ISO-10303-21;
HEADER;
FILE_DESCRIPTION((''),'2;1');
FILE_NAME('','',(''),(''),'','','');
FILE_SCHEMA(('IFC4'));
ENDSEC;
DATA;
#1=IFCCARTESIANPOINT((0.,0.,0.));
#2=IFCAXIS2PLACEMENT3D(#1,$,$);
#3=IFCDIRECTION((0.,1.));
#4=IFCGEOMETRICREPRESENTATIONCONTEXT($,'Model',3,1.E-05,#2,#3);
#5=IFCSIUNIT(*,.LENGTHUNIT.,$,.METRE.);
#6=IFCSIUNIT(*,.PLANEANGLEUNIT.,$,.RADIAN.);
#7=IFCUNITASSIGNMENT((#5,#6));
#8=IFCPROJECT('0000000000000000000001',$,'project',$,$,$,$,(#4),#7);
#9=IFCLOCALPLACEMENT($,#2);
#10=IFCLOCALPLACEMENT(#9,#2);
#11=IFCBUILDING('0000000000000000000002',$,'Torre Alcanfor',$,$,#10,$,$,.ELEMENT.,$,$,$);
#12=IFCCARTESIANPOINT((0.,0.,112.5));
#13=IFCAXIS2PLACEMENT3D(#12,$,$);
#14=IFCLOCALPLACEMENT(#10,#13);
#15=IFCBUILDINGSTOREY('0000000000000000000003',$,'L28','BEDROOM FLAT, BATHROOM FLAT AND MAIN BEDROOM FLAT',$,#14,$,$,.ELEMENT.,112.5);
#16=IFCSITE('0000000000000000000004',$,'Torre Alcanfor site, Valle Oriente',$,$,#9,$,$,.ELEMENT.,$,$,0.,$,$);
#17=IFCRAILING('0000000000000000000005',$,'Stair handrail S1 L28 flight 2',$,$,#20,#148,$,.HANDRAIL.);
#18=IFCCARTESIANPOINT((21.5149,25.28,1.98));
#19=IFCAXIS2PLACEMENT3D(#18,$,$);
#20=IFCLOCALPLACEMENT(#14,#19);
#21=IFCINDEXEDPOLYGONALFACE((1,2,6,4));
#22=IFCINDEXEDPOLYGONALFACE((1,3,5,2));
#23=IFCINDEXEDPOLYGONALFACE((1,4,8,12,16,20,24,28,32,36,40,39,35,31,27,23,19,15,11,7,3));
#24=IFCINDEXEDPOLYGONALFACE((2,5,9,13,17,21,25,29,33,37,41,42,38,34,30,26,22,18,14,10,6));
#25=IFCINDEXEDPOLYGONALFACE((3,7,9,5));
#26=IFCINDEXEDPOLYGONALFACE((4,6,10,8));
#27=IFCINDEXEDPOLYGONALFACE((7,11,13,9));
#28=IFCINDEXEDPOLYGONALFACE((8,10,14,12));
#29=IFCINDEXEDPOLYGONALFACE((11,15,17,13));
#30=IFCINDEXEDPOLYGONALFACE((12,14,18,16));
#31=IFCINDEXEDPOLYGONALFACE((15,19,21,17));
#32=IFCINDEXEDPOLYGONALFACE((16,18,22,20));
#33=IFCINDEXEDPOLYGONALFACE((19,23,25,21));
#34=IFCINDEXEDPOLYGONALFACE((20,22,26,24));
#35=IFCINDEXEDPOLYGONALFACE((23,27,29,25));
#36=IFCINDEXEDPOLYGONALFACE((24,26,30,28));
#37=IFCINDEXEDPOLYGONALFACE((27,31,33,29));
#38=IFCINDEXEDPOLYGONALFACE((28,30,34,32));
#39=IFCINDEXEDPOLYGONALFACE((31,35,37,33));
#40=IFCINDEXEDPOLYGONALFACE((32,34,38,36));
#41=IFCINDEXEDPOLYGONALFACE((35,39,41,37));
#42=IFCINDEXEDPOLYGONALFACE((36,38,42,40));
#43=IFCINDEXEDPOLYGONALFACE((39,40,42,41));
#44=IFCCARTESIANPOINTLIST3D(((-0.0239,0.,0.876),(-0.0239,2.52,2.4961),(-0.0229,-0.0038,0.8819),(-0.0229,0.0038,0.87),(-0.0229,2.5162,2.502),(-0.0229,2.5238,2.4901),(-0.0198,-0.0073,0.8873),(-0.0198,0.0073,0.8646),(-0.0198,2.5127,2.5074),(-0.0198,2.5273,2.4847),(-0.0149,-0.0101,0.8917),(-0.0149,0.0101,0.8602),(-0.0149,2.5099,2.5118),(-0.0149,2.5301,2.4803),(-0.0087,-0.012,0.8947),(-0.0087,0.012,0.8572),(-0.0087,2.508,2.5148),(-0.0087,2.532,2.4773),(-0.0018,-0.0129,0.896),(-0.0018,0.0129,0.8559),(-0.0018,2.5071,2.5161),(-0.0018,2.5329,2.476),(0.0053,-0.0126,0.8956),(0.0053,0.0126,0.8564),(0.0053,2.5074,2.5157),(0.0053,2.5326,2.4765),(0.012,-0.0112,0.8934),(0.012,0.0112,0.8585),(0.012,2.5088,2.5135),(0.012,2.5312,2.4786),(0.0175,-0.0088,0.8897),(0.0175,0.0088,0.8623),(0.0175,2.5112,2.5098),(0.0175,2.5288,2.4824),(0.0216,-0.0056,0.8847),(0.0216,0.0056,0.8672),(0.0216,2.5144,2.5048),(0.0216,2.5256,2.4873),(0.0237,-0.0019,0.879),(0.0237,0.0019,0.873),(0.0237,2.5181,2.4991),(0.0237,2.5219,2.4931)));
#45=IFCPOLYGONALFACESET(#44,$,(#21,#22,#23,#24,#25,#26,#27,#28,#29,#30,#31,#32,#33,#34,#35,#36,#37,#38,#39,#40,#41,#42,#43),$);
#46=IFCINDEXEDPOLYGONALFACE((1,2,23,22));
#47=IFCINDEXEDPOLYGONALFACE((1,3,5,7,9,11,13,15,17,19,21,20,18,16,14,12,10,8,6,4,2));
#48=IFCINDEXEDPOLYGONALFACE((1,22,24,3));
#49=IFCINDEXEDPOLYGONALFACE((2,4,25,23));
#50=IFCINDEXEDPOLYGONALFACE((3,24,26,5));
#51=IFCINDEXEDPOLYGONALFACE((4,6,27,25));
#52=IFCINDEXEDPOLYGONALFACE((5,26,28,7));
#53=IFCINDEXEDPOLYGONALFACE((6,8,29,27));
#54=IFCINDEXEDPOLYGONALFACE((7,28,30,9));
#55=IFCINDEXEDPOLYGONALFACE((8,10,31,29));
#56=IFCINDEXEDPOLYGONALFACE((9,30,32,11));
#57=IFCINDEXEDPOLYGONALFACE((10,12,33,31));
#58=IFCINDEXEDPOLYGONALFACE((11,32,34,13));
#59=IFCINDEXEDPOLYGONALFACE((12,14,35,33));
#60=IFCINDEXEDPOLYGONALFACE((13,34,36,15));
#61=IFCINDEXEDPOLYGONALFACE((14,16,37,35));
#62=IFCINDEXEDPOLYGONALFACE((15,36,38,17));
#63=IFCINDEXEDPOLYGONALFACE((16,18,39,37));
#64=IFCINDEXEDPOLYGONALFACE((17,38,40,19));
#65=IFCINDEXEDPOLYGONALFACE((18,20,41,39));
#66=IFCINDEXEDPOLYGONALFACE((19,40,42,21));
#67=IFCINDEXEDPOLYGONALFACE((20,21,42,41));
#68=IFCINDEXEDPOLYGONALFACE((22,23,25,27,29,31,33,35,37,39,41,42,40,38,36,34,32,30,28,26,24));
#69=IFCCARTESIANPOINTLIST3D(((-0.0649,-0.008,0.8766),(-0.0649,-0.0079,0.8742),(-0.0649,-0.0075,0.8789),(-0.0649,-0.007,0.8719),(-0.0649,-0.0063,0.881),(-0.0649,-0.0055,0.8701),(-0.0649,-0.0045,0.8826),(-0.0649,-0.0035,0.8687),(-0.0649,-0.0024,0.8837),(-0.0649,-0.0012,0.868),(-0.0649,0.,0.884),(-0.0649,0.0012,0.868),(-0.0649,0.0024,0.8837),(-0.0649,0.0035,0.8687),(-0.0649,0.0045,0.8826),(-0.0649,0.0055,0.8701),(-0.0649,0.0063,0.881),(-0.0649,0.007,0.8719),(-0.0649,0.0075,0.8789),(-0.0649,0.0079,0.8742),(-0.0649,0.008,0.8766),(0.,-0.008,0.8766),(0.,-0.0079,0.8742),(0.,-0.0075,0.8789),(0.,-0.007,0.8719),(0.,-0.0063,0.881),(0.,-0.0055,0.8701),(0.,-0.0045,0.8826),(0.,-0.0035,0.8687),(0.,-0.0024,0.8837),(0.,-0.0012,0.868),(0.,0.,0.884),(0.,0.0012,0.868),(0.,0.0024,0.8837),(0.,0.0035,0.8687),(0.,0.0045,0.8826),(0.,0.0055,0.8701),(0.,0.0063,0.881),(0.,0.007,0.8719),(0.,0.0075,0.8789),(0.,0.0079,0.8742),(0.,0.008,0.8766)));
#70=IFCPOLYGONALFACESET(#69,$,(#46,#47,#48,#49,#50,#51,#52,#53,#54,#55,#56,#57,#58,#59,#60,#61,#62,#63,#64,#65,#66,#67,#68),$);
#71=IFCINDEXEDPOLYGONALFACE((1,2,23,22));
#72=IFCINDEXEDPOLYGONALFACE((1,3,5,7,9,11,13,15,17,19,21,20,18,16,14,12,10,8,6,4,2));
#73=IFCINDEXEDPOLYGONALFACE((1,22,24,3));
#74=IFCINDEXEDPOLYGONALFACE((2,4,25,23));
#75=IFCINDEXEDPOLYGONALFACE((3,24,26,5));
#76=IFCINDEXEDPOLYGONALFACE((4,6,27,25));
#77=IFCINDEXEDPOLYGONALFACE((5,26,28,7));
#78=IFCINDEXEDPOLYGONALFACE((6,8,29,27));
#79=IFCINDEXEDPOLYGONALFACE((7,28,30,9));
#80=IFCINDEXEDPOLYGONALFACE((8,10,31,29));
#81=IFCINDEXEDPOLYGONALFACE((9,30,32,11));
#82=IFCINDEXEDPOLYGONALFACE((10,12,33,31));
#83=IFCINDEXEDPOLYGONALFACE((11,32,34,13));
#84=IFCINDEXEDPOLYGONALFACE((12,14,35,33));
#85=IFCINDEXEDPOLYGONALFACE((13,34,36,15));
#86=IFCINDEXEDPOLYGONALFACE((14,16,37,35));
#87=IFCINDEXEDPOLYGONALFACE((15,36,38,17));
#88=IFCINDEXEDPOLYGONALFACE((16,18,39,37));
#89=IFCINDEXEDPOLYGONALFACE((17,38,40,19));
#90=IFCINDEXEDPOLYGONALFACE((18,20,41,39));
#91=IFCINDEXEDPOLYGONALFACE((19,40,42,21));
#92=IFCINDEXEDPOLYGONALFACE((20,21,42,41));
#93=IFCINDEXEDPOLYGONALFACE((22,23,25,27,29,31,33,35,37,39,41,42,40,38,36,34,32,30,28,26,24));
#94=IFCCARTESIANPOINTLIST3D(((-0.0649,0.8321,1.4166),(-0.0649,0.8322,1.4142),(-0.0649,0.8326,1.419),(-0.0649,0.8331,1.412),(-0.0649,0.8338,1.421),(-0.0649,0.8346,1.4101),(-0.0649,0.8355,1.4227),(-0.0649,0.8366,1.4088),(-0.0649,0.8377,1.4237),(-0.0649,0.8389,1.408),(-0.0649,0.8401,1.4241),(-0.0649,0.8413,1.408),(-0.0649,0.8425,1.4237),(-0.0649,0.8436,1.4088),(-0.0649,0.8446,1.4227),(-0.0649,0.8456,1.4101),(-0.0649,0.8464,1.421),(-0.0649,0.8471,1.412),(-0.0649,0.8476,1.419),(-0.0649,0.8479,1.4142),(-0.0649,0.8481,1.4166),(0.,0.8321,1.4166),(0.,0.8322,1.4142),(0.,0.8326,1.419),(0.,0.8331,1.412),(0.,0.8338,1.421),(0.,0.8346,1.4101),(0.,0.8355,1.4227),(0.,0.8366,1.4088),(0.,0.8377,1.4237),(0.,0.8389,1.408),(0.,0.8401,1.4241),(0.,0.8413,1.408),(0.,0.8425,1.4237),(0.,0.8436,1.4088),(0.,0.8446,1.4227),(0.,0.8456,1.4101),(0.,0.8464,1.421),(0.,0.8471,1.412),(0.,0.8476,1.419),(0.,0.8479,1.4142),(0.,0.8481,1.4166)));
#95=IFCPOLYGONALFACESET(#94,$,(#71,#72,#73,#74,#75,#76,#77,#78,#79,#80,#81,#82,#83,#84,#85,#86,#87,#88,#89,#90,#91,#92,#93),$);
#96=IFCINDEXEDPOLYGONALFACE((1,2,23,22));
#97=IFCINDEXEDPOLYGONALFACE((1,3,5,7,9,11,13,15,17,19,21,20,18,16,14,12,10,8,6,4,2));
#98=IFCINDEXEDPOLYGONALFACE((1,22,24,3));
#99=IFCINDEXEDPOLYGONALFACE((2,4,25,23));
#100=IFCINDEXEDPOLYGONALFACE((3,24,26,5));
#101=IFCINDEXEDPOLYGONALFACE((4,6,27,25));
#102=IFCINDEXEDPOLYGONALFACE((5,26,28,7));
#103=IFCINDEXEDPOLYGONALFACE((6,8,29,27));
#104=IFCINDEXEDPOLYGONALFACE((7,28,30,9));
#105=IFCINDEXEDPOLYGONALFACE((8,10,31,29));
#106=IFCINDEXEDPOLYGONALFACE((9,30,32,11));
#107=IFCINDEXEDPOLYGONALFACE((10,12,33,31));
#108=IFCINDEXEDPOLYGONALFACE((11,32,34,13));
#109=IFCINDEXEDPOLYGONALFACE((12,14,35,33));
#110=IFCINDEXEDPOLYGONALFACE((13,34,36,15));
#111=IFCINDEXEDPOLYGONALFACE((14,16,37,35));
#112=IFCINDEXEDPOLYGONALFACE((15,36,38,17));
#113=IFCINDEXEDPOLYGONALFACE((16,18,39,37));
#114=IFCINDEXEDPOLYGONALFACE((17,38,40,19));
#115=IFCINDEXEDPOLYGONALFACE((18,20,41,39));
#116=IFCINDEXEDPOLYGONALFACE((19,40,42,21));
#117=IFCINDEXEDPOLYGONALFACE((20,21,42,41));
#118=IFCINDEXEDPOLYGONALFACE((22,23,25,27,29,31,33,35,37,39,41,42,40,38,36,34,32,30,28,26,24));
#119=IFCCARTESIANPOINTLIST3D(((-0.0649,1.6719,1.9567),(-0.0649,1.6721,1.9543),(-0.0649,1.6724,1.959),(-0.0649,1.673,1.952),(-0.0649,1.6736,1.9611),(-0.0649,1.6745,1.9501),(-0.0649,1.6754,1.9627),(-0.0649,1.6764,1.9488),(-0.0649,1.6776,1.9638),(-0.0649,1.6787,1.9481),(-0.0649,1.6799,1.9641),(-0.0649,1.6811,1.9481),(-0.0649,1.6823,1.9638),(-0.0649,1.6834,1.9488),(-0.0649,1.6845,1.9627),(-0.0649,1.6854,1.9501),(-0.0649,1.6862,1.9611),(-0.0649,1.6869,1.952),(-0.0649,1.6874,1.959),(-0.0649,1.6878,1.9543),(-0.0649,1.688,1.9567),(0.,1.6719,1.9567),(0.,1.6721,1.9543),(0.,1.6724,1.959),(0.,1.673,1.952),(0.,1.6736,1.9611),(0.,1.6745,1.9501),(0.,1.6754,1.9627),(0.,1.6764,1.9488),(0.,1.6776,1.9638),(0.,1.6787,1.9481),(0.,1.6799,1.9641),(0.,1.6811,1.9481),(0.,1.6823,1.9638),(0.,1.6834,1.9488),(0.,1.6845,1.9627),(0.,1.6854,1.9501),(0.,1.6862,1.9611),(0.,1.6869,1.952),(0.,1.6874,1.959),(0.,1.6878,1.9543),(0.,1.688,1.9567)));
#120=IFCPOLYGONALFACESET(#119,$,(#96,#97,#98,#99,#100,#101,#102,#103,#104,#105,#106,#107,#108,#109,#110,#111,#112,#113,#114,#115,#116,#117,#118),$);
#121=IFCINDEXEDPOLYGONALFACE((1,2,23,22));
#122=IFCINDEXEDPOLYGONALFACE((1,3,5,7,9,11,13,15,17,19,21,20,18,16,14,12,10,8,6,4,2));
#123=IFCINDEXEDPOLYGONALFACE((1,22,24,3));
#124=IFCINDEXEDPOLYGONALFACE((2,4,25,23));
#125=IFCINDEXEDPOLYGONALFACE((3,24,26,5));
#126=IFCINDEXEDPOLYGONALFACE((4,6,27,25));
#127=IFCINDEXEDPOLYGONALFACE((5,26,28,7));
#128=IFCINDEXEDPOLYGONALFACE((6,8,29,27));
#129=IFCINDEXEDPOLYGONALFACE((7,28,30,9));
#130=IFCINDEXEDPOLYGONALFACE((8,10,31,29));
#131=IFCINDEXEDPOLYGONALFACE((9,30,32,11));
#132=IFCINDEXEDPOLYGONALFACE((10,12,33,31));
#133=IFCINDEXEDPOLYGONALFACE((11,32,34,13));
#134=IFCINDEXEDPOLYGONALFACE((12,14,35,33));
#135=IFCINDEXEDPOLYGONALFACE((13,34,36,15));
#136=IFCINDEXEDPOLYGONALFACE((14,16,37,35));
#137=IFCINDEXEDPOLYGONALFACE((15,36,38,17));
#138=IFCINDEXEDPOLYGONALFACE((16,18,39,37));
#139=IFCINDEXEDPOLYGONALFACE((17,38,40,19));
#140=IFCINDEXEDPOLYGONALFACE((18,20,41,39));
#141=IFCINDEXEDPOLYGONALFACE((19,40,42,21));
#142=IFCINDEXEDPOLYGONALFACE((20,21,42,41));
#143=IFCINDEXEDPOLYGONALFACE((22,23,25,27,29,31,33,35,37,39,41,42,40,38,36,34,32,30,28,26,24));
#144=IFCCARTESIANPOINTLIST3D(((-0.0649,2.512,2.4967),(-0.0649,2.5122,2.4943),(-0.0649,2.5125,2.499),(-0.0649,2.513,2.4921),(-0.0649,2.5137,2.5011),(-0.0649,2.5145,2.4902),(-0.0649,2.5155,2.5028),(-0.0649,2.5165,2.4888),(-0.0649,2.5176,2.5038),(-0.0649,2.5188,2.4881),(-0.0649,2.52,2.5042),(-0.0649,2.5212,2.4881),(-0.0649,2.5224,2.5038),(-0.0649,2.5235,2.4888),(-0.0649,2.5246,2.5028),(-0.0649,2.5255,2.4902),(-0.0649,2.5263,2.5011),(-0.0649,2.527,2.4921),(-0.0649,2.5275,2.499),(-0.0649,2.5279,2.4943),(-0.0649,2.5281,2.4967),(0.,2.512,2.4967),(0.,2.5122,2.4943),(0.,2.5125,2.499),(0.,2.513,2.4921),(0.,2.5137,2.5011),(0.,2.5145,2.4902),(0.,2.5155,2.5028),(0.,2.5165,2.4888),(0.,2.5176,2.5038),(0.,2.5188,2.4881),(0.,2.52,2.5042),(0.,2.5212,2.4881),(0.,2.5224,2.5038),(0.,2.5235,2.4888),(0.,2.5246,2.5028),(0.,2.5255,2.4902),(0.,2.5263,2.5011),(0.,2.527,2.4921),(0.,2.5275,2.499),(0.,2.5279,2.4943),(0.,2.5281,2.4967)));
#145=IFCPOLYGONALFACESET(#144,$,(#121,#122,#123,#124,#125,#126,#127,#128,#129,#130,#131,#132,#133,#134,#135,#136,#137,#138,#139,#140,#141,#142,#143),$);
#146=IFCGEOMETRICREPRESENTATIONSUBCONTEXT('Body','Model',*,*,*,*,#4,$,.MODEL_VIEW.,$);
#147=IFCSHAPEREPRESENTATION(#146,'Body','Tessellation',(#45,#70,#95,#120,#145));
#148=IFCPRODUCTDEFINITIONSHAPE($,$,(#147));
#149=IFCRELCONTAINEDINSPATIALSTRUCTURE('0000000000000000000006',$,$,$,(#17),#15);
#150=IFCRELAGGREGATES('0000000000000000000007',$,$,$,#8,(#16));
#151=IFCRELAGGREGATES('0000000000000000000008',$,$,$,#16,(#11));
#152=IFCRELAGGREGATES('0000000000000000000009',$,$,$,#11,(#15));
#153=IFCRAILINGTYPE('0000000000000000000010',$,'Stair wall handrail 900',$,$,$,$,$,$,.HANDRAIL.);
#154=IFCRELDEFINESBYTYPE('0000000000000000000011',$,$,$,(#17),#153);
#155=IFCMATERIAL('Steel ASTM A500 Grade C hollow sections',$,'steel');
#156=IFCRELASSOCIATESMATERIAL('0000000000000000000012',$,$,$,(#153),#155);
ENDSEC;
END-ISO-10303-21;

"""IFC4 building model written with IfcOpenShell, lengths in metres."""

from ifc_helpers import new_model, si_unit, direction, frame, origin, origin_2d, place, context, subcontext, project, spatial, circle, extrude, material, type_object, element, save


model = new_model("IFC4")

# Units and contexts
model_context = context("Model", 3, precision=1e-05, world=origin(), true_north=direction((0.0, 1.0)))
body_context = subcontext(model_context, "Body", "Model", "MODEL_VIEW")
ifc_project = project(units=[si_unit("LENGTHUNIT", "METRE"), si_unit("PLANEANGLEUNIT", "RADIAN")], contexts=[model_context])

# Site, building, storey
site_placement = place(None, origin())
site = spatial("IfcSite", under=ifc_project, at=site_placement, Name="Torre Alcanfor site, Valle Oriente", CompositionType="ELEMENT", RefElevation=0.0)
building_placement = place(site_placement, origin())
building = spatial("IfcBuilding", under=site, at=building_placement, Name="Torre Alcanfor", CompositionType="ELEMENT")
storey_placement = place(building_placement, frame((0.0, 0.0, 112.5)))
storey = spatial("IfcBuildingStorey", under=building, at=storey_placement, Name="L28", Description="BEDROOM FLAT, BATHROOM FLAT AND MAIN BEDROOM FLAT", CompositionType="ELEMENT", Elevation=112.5)

# Railing
ifc_material_1 = material(Name="Steel ASTM A500 Grade C hollow sections", Category="steel")
railing_type = type_object("IfcRailingType", Name="Stair wall handrail 900", PredefinedType="HANDRAIL", material=ifc_material_1)
railing_placement = place(storey_placement, frame((21.5149, 25.28, 1.98)))
element("IfcRailing", 1, at=railing_placement, inside=storey, type_object=railing_type, Name="Stair handrail S1 L28 flight 2", PredefinedType="HANDRAIL", context=body_context, shape_type="SweptSolid", body=[
    extrude(circle(Radius=0.0239, at=origin_2d()), frame((0.0, 0.0, 0.876), z_axis=(0.0, 0.841163, 0.540782), x_axis=(-1.0, 0.0, 0.0)), (0.0, 0.0, 1.0), 2.9958),
    extrude(circle(Radius=0.0081, at=origin_2d()), frame((0.0, 0.0, 0.876), z_axis=(-1.0, 0.0, 0.0), x_axis=(0.0, 0.0, 1.0)), (0.0, 0.0, 1.0), 0.0649),
    extrude(circle(Radius=0.0081, at=origin_2d()), frame((0.0, 0.8401, 1.416), z_axis=(-1.0, 0.0, 0.0), x_axis=(0.0, 0.0, 1.0)), (0.0, 0.0, 1.0), 0.0649),
    extrude(circle(Radius=0.0081, at=origin_2d()), frame((0.0, 1.6799, 1.9561), z_axis=(-1.0, 0.0, 0.0), x_axis=(0.0, 0.0, 1.0)), (0.0, 0.0, 1.0), 0.0649),
    extrude(circle(Radius=0.0081, at=origin_2d()), frame((0.0, 2.52, 2.4961), z_axis=(-1.0, 0.0, 0.0), x_axis=(0.0, 0.0, 1.0)), (0.0, 0.0, 1.0), 0.0649),
])

save(model, "model.ifc")
